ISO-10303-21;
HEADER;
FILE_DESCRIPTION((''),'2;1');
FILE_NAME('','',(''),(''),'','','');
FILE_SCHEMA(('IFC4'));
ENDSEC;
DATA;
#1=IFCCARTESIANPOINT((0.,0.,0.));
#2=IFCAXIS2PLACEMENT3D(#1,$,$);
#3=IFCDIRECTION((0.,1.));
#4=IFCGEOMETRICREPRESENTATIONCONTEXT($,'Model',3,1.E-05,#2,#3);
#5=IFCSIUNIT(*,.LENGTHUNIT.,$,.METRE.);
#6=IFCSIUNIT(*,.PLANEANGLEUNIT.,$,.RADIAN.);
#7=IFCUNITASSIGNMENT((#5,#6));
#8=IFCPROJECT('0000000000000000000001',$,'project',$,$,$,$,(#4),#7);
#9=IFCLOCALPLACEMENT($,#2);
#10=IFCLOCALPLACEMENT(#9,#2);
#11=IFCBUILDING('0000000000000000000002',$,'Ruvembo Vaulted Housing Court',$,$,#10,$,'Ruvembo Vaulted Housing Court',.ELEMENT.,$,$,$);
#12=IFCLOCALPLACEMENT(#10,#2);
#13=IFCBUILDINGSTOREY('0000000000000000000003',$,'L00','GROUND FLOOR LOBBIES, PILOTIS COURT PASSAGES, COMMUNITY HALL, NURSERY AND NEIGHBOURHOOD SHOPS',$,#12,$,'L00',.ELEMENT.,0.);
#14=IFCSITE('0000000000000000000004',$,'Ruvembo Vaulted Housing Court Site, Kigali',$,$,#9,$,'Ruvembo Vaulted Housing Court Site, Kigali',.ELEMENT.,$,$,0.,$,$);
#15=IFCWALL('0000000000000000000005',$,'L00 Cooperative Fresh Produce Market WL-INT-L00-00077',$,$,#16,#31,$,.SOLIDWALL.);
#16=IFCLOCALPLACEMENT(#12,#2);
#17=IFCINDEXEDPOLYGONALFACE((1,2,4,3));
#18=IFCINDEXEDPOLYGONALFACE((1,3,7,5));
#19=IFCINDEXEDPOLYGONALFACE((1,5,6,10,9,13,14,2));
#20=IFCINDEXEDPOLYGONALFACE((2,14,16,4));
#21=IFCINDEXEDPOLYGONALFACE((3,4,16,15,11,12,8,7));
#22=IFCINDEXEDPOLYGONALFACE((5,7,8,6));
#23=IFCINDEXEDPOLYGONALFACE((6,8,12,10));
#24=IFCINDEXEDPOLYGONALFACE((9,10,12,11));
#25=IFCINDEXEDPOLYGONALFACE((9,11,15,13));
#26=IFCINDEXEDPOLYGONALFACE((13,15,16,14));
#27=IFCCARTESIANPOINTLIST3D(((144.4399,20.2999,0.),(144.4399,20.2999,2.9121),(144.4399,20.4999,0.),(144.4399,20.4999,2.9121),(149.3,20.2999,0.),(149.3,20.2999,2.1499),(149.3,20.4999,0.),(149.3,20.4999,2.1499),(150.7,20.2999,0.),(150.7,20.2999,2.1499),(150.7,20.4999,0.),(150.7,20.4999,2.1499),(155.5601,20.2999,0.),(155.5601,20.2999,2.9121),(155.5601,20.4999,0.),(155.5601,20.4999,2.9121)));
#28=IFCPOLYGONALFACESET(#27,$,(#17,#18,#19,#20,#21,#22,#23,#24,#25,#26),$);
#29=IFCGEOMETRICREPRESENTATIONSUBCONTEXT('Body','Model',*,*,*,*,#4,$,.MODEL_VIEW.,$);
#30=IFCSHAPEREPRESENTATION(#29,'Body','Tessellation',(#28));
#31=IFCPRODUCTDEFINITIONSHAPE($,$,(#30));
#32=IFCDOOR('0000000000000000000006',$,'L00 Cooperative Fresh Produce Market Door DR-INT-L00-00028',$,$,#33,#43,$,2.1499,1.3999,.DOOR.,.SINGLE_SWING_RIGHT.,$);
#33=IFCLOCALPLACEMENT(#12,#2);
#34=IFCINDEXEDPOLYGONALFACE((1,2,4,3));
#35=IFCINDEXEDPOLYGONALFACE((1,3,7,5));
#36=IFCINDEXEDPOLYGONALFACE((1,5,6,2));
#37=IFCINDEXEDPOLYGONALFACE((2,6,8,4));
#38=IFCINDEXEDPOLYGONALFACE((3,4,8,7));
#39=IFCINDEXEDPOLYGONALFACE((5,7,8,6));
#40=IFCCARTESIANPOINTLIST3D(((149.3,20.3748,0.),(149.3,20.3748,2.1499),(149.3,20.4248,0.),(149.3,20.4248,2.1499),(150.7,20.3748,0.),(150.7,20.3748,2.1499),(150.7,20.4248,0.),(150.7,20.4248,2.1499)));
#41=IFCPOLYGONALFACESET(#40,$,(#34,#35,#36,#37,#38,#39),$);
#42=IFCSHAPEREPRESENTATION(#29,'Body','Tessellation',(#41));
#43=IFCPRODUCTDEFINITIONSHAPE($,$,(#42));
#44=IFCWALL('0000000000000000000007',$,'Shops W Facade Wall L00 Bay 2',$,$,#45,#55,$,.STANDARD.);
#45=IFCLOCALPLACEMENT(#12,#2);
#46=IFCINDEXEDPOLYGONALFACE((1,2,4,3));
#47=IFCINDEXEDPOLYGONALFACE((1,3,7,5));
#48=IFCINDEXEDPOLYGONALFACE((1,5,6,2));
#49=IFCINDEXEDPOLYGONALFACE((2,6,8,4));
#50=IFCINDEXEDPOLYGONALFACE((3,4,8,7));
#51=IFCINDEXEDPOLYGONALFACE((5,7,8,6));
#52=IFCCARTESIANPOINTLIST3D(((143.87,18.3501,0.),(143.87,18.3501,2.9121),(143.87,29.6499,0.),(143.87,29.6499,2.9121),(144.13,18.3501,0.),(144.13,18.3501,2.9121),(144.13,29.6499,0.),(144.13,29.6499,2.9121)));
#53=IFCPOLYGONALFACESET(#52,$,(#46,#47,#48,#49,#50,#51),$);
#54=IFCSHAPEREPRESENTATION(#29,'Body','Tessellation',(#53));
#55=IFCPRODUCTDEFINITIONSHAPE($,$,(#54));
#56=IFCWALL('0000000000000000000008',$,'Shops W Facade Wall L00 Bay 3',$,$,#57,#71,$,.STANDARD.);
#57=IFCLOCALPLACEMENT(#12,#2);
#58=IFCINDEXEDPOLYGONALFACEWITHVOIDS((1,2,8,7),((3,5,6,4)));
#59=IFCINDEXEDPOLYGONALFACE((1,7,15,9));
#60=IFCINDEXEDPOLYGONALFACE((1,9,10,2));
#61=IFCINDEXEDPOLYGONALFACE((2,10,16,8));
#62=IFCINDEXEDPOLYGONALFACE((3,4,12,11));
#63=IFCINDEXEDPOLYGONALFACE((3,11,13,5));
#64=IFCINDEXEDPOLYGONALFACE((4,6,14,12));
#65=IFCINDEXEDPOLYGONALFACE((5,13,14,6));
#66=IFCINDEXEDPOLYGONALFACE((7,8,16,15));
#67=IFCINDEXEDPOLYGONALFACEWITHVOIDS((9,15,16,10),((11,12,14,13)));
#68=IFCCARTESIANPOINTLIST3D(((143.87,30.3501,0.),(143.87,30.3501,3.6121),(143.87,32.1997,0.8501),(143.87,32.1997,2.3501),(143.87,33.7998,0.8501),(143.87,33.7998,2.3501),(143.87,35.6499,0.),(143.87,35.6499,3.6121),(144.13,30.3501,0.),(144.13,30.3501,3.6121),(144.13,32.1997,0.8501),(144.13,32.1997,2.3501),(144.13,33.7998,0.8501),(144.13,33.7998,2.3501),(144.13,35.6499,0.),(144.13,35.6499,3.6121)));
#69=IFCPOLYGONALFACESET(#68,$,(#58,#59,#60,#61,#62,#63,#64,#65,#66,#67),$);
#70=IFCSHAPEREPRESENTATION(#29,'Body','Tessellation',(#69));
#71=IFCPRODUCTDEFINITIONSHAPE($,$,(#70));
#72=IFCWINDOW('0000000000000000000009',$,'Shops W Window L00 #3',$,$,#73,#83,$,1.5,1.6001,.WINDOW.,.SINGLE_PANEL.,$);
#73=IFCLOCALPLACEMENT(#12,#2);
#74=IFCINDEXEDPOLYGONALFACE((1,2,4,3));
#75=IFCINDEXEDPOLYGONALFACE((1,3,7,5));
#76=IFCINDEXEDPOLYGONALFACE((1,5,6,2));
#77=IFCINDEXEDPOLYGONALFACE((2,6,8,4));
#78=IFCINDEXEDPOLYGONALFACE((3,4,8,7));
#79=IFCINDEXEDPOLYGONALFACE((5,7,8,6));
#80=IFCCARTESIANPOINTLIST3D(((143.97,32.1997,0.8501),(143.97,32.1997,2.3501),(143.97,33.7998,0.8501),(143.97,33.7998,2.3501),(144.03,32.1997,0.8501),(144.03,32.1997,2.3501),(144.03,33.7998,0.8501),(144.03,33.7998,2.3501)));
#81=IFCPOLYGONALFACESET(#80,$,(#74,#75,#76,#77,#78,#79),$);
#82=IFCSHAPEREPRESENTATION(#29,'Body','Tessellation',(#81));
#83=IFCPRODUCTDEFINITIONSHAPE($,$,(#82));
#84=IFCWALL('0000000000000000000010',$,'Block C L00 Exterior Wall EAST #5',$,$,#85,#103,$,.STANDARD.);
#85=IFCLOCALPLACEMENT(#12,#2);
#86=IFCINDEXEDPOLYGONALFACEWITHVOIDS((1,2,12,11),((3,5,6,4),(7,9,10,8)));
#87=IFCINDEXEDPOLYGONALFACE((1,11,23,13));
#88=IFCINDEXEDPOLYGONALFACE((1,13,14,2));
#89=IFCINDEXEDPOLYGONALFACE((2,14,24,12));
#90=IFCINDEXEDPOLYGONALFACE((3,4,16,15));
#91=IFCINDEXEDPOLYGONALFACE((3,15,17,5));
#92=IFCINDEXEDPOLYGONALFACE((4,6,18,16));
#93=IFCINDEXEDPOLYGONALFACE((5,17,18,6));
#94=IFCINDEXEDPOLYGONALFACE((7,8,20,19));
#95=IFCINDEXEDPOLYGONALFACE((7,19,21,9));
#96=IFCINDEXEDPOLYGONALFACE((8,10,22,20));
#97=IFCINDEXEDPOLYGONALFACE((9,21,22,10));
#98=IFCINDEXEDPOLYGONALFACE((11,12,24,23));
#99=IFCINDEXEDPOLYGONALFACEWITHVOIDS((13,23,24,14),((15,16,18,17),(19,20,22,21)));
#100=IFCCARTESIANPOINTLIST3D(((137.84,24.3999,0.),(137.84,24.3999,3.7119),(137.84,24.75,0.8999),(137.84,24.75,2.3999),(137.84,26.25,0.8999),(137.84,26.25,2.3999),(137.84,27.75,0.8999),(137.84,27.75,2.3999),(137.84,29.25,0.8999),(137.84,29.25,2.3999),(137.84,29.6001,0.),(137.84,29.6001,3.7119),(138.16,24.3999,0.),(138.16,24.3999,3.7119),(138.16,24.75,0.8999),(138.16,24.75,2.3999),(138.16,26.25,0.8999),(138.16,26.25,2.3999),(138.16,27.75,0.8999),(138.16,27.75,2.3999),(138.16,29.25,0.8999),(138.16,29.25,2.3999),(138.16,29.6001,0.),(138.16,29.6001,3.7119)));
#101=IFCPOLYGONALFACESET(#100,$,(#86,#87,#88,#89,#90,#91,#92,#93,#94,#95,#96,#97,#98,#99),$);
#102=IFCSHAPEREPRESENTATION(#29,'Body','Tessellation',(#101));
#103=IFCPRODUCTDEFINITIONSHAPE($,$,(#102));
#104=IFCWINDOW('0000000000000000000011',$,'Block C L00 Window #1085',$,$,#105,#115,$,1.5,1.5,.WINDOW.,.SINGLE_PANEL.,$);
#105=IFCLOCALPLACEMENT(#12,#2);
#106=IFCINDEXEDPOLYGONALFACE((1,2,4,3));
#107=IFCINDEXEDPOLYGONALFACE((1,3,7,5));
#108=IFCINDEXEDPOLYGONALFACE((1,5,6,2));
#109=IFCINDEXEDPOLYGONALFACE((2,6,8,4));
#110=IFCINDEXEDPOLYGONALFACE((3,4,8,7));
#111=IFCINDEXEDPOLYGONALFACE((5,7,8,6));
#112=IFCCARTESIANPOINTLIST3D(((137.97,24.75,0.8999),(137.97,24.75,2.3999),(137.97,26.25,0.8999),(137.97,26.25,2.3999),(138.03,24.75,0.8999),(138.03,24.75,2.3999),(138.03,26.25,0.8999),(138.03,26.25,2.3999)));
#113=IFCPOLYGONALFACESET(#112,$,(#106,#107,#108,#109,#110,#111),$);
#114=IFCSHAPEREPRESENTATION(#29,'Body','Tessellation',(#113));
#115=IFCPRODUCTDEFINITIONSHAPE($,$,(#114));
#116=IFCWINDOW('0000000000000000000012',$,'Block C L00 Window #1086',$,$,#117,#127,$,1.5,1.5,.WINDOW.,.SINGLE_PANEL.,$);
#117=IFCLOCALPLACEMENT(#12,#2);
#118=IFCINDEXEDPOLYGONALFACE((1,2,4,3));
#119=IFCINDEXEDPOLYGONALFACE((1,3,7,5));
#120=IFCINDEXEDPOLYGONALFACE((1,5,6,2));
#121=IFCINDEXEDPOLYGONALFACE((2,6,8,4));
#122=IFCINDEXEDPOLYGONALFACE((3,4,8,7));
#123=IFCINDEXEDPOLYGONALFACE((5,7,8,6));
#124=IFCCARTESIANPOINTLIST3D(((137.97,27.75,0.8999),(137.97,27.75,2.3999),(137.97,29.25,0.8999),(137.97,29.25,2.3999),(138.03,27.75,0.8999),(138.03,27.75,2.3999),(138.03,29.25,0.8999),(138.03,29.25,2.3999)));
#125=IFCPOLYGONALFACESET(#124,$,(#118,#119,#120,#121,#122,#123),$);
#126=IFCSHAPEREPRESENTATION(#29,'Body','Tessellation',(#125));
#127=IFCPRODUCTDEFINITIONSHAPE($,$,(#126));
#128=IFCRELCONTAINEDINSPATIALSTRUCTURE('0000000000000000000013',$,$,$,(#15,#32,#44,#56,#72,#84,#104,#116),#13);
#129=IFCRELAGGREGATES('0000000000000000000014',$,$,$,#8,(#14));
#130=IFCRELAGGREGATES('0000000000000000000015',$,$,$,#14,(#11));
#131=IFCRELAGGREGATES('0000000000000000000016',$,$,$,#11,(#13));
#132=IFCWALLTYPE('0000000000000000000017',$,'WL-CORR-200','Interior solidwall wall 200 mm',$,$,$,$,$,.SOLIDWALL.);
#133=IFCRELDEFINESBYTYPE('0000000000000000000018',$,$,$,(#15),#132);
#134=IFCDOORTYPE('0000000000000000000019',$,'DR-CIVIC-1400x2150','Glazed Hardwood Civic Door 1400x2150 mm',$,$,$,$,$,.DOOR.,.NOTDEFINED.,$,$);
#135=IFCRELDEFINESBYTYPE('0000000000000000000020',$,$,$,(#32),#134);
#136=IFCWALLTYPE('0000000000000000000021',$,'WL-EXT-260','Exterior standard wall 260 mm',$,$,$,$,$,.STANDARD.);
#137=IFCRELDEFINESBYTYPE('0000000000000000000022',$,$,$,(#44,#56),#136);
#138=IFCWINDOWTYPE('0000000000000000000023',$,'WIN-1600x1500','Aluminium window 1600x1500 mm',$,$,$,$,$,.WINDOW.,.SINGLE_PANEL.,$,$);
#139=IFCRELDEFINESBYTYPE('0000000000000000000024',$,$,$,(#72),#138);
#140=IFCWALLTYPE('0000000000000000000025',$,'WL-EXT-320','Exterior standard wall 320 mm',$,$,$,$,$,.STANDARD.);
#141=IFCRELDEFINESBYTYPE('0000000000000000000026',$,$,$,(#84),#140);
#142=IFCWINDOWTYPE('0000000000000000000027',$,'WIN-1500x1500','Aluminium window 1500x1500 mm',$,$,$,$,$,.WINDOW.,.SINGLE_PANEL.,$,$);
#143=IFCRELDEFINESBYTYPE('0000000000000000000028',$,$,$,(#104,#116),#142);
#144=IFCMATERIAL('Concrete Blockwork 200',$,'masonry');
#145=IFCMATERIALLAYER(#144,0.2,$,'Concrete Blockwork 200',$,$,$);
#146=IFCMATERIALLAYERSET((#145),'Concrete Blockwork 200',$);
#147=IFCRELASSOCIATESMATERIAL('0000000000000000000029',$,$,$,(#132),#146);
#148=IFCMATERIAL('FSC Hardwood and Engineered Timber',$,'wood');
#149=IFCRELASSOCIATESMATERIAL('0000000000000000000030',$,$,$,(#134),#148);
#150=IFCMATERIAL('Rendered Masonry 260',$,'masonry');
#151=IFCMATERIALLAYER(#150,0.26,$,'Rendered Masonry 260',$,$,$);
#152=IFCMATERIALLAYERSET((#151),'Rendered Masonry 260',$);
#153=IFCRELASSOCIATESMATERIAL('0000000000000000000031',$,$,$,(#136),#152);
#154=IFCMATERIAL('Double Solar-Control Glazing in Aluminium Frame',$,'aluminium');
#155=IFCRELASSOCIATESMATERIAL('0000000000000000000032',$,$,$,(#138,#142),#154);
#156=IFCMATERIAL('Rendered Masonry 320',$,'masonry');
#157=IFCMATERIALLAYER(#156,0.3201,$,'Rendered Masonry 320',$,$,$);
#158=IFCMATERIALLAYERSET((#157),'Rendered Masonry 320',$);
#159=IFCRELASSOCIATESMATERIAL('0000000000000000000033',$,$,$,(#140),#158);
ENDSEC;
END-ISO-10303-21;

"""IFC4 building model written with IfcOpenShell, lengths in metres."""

from ifc_helpers import new_model, si_unit, direction, frame, frame_2d, origin, place, context, subcontext, project, spatial, rectangle, extrude, material, layer, layer_set, type_object, element, fill, save


model = new_model("IFC4")

# Units and contexts
model_context = context("Model", 3, precision=1e-05, world=origin(), true_north=direction((0.0, 1.0)))
body_context = subcontext(model_context, "Body", "Model", "MODEL_VIEW")
ifc_project = project(units=[si_unit("LENGTHUNIT", "METRE"), si_unit("PLANEANGLEUNIT", "RADIAN")], contexts=[model_context])

# Site, building, storey
site_placement = place(None, origin())
site = spatial("IfcSite", under=ifc_project, at=site_placement, Name="Ruvembo Vaulted Housing Court Site, Kigali", LongName="Ruvembo Vaulted Housing Court Site, Kigali", CompositionType="ELEMENT", RefElevation=0.0)
building_placement = place(site_placement, origin())
building = spatial("IfcBuilding", under=site, at=building_placement, Name="Ruvembo Vaulted Housing Court", LongName="Ruvembo Vaulted Housing Court", CompositionType="ELEMENT")
storey_placement = place(building_placement, origin())
storey = spatial("IfcBuildingStorey", under=building, at=storey_placement, Name="L00", Description="GROUND FLOOR LOBBIES, PILOTIS COURT PASSAGES, COMMUNITY HALL, NURSERY AND NEIGHBOURHOOD SHOPS", LongName="L00", CompositionType="ELEMENT", Elevation=0.0)

# Wall, opening, door
ifc_material_1 = material(Name="Concrete Blockwork 200", Category="masonry")
ifc_layer_1 = layer(ifc_material_1, 0.2, Name="Concrete Blockwork 200")
ifc_layer_set_1 = layer_set([ifc_layer_1], Name="Concrete Blockwork 200")
wall_type_1 = type_object("IfcWallType", Name="WL-CORR-200", Description="Interior solidwall wall 200 mm", PredefinedType="SOLIDWALL", material=ifc_layer_set_1)
wall_1_placement = place(storey_placement, frame((144.4399, 20.3999, 0.0), z_axis=(0.0, 0.0, 1.0), x_axis=(1.0, 0.0, 0.0)))
wall_1 = element("IfcWall", 1, at=wall_1_placement, inside=storey, type_object=wall_type_1, Name="L00 Cooperative Fresh Produce Market WL-INT-L00-00077", PredefinedType="SOLIDWALL", context=body_context, shape_type="SweptSolid", body=[
    extrude(rectangle(XDim=11.1201, YDim=0.2, at=frame_2d((5.5601, 0.0))), origin(), (0.0, 0.0, 1.0), 2.9121),
])
opening_1_placement = place(wall_1_placement, frame((4.8601, 0.0, 0.0)))
opening_1 = element("IfcOpeningElement", 2, at=opening_1_placement, cuts=wall_1, PredefinedType="OPENING", context=body_context, shape_type="SweptSolid", body=[
    extrude(rectangle(XDim=1.3999, YDim=2.1499, at=frame_2d((0.7, 1.075))), frame((0.0, 0.1099, 0.0), z_axis=(0.0, -1.0, 0.0), x_axis=(1.0, 0.0, 0.0)), (0.0, 0.0, 1.0), 0.22),
])
ifc_material_2 = material(Name="FSC Hardwood and Engineered Timber", Category="wood")
door_type = type_object("IfcDoorType", Name="DR-CIVIC-1400x2150", Description="Glazed Hardwood Civic Door 1400x2150 mm", OperationType="NOTDEFINED", PredefinedType="DOOR", material=ifc_material_2)
door_placement = place(opening_1_placement, origin())
door = element("IfcDoor", 3, at=door_placement, inside=storey, type_object=door_type, Name="L00 Cooperative Fresh Produce Market Door DR-INT-L00-00028", OperationType="SINGLE_SWING_RIGHT", OverallHeight=2.1499, OverallWidth=1.3999, PredefinedType="DOOR", context=body_context, shape_type="SweptSolid", body=[
    extrude(rectangle(XDim=1.3999, YDim=2.1499, at=frame_2d((0.7, 1.075))), frame((0.0, 0.0249, 0.0), z_axis=(0.0, -1.0, 0.0), x_axis=(1.0, 0.0, 0.0)), (0.0, 0.0, 1.0), 0.05),
])
fill(opening_1, door)

# Wall
ifc_material_3 = material(Name="Rendered Masonry 260", Category="masonry")
ifc_layer_2 = layer(ifc_material_3, 0.26, Name="Rendered Masonry 260")
ifc_layer_set_2 = layer_set([ifc_layer_2], Name="Rendered Masonry 260")
wall_type_2 = type_object("IfcWallType", Name="WL-EXT-260", Description="Exterior standard wall 260 mm", PredefinedType="STANDARD", material=ifc_layer_set_2)
wall_2_placement = place(storey_placement, frame((144.0, 29.6499, 0.0), z_axis=(0.0, 0.0, 1.0), x_axis=(0.0, -1.0, 0.0)))
element("IfcWall", 4, at=wall_2_placement, inside=storey, type_object=wall_type_2, Name="Shops W Facade Wall L00 Bay 2", PredefinedType="STANDARD", context=body_context, shape_type="SweptSolid", body=[
    extrude(rectangle(XDim=11.2998, YDim=0.26, at=frame_2d((5.6499, 0.0))), origin(), (0.0, 0.0, 1.0), 2.9121),
])

# Wall, opening, window
wall_3_placement = place(storey_placement, frame((144.0, 35.6499, 0.0), z_axis=(0.0, 0.0, 1.0), x_axis=(0.0, -1.0, 0.0)))
wall_3 = element("IfcWall", 5, at=wall_3_placement, inside=storey, type_object=wall_type_2, Name="Shops W Facade Wall L00 Bay 3", PredefinedType="STANDARD", context=body_context, shape_type="SweptSolid", body=[
    extrude(rectangle(XDim=5.2998, YDim=0.26, at=frame_2d((2.6499, 0.0))), origin(), (0.0, 0.0, 1.0), 3.6121),
])
opening_2_placement = place(wall_3_placement, frame((1.8501, 0.0, 0.8501)))
opening_2 = element("IfcOpeningElement", 6, at=opening_2_placement, cuts=wall_3, PredefinedType="OPENING", context=body_context, shape_type="SweptSolid", body=[
    extrude(rectangle(XDim=1.6001, YDim=1.5, at=frame_2d((0.8, 0.75))), frame((0.0, 0.1399, 0.0), z_axis=(0.0, -1.0, 0.0), x_axis=(1.0, 0.0, 0.0)), (0.0, 0.0, 1.0), 0.28),
])
ifc_material_4 = material(Name="Double Solar-Control Glazing in Aluminium Frame", Category="aluminium")
window_type_1 = type_object("IfcWindowType", Name="WIN-1600x1500", Description="Aluminium window 1600x1500 mm", PartitioningType="SINGLE_PANEL", PredefinedType="WINDOW", material=ifc_material_4)
window_1_placement = place(opening_2_placement, origin())
window_1 = element("IfcWindow", 7, at=window_1_placement, inside=storey, type_object=window_type_1, Name="Shops W Window L00 #3", OverallHeight=1.5, OverallWidth=1.6001, PartitioningType="SINGLE_PANEL", PredefinedType="WINDOW", context=body_context, shape_type="SweptSolid", body=[
    extrude(rectangle(XDim=1.6001, YDim=1.5, at=frame_2d((0.8, 0.75))), frame((0.0, 0.03, 0.0), z_axis=(0.0, -1.0, 0.0), x_axis=(1.0, 0.0, 0.0)), (0.0, 0.0, 1.0), 0.0601),
])
fill(opening_2, window_1)

# Wall, openings, windows
ifc_material_5 = material(Name="Rendered Masonry 320", Category="masonry")
ifc_layer_3 = layer(ifc_material_5, 0.3201, Name="Rendered Masonry 320")
ifc_layer_set_3 = layer_set([ifc_layer_3], Name="Rendered Masonry 320")
wall_type_3 = type_object("IfcWallType", Name="WL-EXT-320", Description="Exterior standard wall 320 mm", PredefinedType="STANDARD", material=ifc_layer_set_3)
wall_4_placement = place(storey_placement, frame((138.0, 24.3999, 0.0), z_axis=(0.0, 0.0, 1.0), x_axis=(0.0, 1.0, 0.0)))
wall_4 = element("IfcWall", 8, at=wall_4_placement, inside=storey, type_object=wall_type_3, Name="Block C L00 Exterior Wall EAST #5", PredefinedType="STANDARD", context=body_context, shape_type="SweptSolid", body=[
    extrude(rectangle(XDim=5.2002, YDim=0.3201, at=frame_2d((2.6001, 0.0))), origin(), (0.0, 0.0, 1.0), 3.7119),
])
opening_3_placement = place(wall_4_placement, frame((0.3501, 0.0, 0.8999)))
opening_3 = element("IfcOpeningElement", 9, at=opening_3_placement, cuts=wall_4, PredefinedType="OPENING", context=body_context, shape_type="SweptSolid", body=[
    extrude(rectangle(XDim=1.5, YDim=1.5, at=frame_2d((0.75, 0.75))), frame((0.0, 0.1699, 0.0), z_axis=(0.0, -1.0, 0.0), x_axis=(1.0, 0.0, 0.0)), (0.0, 0.0, 1.0), 0.3401),
])
opening_4_placement = place(wall_4_placement, frame((3.3501, 0.0, 0.8999)))
opening_4 = element("IfcOpeningElement", 10, at=opening_4_placement, cuts=wall_4, PredefinedType="OPENING", context=body_context, shape_type="SweptSolid", body=[
    extrude(rectangle(XDim=1.5, YDim=1.5, at=frame_2d((0.75, 0.75))), frame((0.0, 0.1699, 0.0), z_axis=(0.0, -1.0, 0.0), x_axis=(1.0, 0.0, 0.0)), (0.0, 0.0, 1.0), 0.3401),
])
window_type_2 = type_object("IfcWindowType", Name="WIN-1500x1500", Description="Aluminium window 1500x1500 mm", PartitioningType="SINGLE_PANEL", PredefinedType="WINDOW", material=ifc_material_4)
window_2_placement = place(opening_3_placement, origin())
window_2 = element("IfcWindow", 11, at=window_2_placement, inside=storey, type_object=window_type_2, Name="Block C L00 Window #1085", OverallHeight=1.5, OverallWidth=1.5, PartitioningType="SINGLE_PANEL", PredefinedType="WINDOW", context=body_context, shape_type="SweptSolid", body=[
    extrude(rectangle(XDim=1.5, YDim=1.5, at=frame_2d((0.75, 0.75))), frame((0.0, 0.03, 0.0), z_axis=(0.0, -1.0, 0.0), x_axis=(1.0, 0.0, 0.0)), (0.0, 0.0, 1.0), 0.0601),
])
fill(opening_3, window_2)
window_3_placement = place(opening_4_placement, origin())
window_3 = element("IfcWindow", 12, at=window_3_placement, inside=storey, type_object=window_type_2, Name="Block C L00 Window #1086", OverallHeight=1.5, OverallWidth=1.5, PartitioningType="SINGLE_PANEL", PredefinedType="WINDOW", context=body_context, shape_type="SweptSolid", body=[
    extrude(rectangle(XDim=1.5, YDim=1.5, at=frame_2d((0.75, 0.75))), frame((0.0, 0.03, 0.0), z_axis=(0.0, -1.0, 0.0), x_axis=(1.0, 0.0, 0.0)), (0.0, 0.0, 1.0), 0.0601),
])
fill(opening_4, window_3)

save(model, "model.ifc")
